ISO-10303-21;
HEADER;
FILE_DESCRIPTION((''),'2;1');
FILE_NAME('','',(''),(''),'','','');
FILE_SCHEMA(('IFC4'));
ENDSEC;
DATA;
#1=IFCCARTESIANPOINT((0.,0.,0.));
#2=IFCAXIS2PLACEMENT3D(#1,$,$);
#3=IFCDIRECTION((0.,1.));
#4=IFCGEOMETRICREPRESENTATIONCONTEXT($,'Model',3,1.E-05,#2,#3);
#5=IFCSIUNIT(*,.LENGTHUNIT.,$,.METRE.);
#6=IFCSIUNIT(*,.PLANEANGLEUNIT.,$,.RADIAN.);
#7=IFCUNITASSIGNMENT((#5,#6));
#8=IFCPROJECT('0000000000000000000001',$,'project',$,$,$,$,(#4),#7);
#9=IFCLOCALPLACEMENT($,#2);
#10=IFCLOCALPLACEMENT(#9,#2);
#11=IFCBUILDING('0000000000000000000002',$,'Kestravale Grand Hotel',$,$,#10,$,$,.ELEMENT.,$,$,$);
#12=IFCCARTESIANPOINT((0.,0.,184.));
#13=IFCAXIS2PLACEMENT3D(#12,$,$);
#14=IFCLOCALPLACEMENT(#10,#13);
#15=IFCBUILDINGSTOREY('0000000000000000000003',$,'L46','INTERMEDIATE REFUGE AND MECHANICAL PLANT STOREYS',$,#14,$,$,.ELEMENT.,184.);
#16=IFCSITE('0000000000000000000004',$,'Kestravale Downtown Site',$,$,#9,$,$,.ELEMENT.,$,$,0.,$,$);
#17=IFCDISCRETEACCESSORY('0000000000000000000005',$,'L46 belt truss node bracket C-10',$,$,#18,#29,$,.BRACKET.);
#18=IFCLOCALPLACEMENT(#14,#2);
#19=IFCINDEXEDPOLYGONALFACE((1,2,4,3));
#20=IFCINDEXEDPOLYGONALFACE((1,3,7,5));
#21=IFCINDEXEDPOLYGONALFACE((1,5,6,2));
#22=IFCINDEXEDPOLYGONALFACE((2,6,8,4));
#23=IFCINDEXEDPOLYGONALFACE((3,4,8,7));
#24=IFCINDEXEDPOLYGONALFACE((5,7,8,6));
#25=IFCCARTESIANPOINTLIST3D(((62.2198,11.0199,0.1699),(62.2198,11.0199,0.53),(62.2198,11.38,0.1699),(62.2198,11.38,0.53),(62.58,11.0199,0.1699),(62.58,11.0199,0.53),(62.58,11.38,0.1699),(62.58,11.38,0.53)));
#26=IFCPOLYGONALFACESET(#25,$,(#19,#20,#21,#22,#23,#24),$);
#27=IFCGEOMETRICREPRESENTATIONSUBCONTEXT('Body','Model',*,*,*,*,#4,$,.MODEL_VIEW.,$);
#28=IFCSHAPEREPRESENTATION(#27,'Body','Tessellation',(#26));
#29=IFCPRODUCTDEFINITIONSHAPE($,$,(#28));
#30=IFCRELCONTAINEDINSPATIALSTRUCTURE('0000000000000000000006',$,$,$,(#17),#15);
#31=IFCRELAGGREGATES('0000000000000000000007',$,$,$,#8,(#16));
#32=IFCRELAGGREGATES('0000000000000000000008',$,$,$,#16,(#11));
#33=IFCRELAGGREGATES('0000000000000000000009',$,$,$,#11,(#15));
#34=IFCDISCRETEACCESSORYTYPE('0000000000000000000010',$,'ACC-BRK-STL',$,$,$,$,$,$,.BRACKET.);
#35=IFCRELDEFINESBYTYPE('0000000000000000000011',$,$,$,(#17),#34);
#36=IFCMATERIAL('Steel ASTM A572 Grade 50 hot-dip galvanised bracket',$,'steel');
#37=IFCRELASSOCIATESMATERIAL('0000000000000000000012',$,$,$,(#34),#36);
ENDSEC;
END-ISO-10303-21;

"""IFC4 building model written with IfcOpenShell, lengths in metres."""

from ifc_helpers import new_model, si_unit, direction, frame, origin, origin_2d, place, context, subcontext, project, spatial, rectangle, extrude, material, type_object, element, save


model = new_model("IFC4")

# Units and contexts
model_context = context("Model", 3, precision=1e-05, world=origin(), true_north=direction((0.0, 1.0)))
body_context = subcontext(model_context, "Body", "Model", "MODEL_VIEW")
ifc_project = project(units=[si_unit("LENGTHUNIT", "METRE"), si_unit("PLANEANGLEUNIT", "RADIAN")], contexts=[model_context])

# Site, building, storey
site_placement = place(None, origin())
site = spatial("IfcSite", under=ifc_project, at=site_placement, Name="Kestravale Downtown Site", CompositionType="ELEMENT", RefElevation=0.0)
building_placement = place(site_placement, origin())
building = spatial("IfcBuilding", under=site, at=building_placement, Name="Kestravale Grand Hotel", CompositionType="ELEMENT")
storey_placement = place(building_placement, frame((0.0, 0.0, 184.0)))
storey = spatial("IfcBuildingStorey", under=building, at=storey_placement, Name="L46", Description="INTERMEDIATE REFUGE AND MECHANICAL PLANT STOREYS", CompositionType="ELEMENT", Elevation=184.0)

# Discrete accessory
ifc_material_1 = material(Name="Steel ASTM A572 Grade 50 hot-dip galvanised bracket", Category="steel")
discrete_accessory_type = type_object("IfcDiscreteAccessoryType", Name="ACC-BRK-STL", PredefinedType="BRACKET", material=ifc_material_1)
discrete_accessory_placement = place(storey_placement, frame((62.3999, 11.2, 0.1699), z_axis=(0.0, 0.0, 1.0), x_axis=(1.0, 0.0, 0.0)))
element("IfcDiscreteAccessory", 1, at=discrete_accessory_placement, inside=storey, type_object=discrete_accessory_type, Name="L46 belt truss node bracket C-10", PredefinedType="BRACKET", context=body_context, shape_type="SweptSolid", body=[
    extrude(rectangle(XDim=0.3601, YDim=0.3601, at=origin_2d()), origin(), (0.0, 0.0, 1.0), 0.3601),
])

save(model, "model.ifc")
